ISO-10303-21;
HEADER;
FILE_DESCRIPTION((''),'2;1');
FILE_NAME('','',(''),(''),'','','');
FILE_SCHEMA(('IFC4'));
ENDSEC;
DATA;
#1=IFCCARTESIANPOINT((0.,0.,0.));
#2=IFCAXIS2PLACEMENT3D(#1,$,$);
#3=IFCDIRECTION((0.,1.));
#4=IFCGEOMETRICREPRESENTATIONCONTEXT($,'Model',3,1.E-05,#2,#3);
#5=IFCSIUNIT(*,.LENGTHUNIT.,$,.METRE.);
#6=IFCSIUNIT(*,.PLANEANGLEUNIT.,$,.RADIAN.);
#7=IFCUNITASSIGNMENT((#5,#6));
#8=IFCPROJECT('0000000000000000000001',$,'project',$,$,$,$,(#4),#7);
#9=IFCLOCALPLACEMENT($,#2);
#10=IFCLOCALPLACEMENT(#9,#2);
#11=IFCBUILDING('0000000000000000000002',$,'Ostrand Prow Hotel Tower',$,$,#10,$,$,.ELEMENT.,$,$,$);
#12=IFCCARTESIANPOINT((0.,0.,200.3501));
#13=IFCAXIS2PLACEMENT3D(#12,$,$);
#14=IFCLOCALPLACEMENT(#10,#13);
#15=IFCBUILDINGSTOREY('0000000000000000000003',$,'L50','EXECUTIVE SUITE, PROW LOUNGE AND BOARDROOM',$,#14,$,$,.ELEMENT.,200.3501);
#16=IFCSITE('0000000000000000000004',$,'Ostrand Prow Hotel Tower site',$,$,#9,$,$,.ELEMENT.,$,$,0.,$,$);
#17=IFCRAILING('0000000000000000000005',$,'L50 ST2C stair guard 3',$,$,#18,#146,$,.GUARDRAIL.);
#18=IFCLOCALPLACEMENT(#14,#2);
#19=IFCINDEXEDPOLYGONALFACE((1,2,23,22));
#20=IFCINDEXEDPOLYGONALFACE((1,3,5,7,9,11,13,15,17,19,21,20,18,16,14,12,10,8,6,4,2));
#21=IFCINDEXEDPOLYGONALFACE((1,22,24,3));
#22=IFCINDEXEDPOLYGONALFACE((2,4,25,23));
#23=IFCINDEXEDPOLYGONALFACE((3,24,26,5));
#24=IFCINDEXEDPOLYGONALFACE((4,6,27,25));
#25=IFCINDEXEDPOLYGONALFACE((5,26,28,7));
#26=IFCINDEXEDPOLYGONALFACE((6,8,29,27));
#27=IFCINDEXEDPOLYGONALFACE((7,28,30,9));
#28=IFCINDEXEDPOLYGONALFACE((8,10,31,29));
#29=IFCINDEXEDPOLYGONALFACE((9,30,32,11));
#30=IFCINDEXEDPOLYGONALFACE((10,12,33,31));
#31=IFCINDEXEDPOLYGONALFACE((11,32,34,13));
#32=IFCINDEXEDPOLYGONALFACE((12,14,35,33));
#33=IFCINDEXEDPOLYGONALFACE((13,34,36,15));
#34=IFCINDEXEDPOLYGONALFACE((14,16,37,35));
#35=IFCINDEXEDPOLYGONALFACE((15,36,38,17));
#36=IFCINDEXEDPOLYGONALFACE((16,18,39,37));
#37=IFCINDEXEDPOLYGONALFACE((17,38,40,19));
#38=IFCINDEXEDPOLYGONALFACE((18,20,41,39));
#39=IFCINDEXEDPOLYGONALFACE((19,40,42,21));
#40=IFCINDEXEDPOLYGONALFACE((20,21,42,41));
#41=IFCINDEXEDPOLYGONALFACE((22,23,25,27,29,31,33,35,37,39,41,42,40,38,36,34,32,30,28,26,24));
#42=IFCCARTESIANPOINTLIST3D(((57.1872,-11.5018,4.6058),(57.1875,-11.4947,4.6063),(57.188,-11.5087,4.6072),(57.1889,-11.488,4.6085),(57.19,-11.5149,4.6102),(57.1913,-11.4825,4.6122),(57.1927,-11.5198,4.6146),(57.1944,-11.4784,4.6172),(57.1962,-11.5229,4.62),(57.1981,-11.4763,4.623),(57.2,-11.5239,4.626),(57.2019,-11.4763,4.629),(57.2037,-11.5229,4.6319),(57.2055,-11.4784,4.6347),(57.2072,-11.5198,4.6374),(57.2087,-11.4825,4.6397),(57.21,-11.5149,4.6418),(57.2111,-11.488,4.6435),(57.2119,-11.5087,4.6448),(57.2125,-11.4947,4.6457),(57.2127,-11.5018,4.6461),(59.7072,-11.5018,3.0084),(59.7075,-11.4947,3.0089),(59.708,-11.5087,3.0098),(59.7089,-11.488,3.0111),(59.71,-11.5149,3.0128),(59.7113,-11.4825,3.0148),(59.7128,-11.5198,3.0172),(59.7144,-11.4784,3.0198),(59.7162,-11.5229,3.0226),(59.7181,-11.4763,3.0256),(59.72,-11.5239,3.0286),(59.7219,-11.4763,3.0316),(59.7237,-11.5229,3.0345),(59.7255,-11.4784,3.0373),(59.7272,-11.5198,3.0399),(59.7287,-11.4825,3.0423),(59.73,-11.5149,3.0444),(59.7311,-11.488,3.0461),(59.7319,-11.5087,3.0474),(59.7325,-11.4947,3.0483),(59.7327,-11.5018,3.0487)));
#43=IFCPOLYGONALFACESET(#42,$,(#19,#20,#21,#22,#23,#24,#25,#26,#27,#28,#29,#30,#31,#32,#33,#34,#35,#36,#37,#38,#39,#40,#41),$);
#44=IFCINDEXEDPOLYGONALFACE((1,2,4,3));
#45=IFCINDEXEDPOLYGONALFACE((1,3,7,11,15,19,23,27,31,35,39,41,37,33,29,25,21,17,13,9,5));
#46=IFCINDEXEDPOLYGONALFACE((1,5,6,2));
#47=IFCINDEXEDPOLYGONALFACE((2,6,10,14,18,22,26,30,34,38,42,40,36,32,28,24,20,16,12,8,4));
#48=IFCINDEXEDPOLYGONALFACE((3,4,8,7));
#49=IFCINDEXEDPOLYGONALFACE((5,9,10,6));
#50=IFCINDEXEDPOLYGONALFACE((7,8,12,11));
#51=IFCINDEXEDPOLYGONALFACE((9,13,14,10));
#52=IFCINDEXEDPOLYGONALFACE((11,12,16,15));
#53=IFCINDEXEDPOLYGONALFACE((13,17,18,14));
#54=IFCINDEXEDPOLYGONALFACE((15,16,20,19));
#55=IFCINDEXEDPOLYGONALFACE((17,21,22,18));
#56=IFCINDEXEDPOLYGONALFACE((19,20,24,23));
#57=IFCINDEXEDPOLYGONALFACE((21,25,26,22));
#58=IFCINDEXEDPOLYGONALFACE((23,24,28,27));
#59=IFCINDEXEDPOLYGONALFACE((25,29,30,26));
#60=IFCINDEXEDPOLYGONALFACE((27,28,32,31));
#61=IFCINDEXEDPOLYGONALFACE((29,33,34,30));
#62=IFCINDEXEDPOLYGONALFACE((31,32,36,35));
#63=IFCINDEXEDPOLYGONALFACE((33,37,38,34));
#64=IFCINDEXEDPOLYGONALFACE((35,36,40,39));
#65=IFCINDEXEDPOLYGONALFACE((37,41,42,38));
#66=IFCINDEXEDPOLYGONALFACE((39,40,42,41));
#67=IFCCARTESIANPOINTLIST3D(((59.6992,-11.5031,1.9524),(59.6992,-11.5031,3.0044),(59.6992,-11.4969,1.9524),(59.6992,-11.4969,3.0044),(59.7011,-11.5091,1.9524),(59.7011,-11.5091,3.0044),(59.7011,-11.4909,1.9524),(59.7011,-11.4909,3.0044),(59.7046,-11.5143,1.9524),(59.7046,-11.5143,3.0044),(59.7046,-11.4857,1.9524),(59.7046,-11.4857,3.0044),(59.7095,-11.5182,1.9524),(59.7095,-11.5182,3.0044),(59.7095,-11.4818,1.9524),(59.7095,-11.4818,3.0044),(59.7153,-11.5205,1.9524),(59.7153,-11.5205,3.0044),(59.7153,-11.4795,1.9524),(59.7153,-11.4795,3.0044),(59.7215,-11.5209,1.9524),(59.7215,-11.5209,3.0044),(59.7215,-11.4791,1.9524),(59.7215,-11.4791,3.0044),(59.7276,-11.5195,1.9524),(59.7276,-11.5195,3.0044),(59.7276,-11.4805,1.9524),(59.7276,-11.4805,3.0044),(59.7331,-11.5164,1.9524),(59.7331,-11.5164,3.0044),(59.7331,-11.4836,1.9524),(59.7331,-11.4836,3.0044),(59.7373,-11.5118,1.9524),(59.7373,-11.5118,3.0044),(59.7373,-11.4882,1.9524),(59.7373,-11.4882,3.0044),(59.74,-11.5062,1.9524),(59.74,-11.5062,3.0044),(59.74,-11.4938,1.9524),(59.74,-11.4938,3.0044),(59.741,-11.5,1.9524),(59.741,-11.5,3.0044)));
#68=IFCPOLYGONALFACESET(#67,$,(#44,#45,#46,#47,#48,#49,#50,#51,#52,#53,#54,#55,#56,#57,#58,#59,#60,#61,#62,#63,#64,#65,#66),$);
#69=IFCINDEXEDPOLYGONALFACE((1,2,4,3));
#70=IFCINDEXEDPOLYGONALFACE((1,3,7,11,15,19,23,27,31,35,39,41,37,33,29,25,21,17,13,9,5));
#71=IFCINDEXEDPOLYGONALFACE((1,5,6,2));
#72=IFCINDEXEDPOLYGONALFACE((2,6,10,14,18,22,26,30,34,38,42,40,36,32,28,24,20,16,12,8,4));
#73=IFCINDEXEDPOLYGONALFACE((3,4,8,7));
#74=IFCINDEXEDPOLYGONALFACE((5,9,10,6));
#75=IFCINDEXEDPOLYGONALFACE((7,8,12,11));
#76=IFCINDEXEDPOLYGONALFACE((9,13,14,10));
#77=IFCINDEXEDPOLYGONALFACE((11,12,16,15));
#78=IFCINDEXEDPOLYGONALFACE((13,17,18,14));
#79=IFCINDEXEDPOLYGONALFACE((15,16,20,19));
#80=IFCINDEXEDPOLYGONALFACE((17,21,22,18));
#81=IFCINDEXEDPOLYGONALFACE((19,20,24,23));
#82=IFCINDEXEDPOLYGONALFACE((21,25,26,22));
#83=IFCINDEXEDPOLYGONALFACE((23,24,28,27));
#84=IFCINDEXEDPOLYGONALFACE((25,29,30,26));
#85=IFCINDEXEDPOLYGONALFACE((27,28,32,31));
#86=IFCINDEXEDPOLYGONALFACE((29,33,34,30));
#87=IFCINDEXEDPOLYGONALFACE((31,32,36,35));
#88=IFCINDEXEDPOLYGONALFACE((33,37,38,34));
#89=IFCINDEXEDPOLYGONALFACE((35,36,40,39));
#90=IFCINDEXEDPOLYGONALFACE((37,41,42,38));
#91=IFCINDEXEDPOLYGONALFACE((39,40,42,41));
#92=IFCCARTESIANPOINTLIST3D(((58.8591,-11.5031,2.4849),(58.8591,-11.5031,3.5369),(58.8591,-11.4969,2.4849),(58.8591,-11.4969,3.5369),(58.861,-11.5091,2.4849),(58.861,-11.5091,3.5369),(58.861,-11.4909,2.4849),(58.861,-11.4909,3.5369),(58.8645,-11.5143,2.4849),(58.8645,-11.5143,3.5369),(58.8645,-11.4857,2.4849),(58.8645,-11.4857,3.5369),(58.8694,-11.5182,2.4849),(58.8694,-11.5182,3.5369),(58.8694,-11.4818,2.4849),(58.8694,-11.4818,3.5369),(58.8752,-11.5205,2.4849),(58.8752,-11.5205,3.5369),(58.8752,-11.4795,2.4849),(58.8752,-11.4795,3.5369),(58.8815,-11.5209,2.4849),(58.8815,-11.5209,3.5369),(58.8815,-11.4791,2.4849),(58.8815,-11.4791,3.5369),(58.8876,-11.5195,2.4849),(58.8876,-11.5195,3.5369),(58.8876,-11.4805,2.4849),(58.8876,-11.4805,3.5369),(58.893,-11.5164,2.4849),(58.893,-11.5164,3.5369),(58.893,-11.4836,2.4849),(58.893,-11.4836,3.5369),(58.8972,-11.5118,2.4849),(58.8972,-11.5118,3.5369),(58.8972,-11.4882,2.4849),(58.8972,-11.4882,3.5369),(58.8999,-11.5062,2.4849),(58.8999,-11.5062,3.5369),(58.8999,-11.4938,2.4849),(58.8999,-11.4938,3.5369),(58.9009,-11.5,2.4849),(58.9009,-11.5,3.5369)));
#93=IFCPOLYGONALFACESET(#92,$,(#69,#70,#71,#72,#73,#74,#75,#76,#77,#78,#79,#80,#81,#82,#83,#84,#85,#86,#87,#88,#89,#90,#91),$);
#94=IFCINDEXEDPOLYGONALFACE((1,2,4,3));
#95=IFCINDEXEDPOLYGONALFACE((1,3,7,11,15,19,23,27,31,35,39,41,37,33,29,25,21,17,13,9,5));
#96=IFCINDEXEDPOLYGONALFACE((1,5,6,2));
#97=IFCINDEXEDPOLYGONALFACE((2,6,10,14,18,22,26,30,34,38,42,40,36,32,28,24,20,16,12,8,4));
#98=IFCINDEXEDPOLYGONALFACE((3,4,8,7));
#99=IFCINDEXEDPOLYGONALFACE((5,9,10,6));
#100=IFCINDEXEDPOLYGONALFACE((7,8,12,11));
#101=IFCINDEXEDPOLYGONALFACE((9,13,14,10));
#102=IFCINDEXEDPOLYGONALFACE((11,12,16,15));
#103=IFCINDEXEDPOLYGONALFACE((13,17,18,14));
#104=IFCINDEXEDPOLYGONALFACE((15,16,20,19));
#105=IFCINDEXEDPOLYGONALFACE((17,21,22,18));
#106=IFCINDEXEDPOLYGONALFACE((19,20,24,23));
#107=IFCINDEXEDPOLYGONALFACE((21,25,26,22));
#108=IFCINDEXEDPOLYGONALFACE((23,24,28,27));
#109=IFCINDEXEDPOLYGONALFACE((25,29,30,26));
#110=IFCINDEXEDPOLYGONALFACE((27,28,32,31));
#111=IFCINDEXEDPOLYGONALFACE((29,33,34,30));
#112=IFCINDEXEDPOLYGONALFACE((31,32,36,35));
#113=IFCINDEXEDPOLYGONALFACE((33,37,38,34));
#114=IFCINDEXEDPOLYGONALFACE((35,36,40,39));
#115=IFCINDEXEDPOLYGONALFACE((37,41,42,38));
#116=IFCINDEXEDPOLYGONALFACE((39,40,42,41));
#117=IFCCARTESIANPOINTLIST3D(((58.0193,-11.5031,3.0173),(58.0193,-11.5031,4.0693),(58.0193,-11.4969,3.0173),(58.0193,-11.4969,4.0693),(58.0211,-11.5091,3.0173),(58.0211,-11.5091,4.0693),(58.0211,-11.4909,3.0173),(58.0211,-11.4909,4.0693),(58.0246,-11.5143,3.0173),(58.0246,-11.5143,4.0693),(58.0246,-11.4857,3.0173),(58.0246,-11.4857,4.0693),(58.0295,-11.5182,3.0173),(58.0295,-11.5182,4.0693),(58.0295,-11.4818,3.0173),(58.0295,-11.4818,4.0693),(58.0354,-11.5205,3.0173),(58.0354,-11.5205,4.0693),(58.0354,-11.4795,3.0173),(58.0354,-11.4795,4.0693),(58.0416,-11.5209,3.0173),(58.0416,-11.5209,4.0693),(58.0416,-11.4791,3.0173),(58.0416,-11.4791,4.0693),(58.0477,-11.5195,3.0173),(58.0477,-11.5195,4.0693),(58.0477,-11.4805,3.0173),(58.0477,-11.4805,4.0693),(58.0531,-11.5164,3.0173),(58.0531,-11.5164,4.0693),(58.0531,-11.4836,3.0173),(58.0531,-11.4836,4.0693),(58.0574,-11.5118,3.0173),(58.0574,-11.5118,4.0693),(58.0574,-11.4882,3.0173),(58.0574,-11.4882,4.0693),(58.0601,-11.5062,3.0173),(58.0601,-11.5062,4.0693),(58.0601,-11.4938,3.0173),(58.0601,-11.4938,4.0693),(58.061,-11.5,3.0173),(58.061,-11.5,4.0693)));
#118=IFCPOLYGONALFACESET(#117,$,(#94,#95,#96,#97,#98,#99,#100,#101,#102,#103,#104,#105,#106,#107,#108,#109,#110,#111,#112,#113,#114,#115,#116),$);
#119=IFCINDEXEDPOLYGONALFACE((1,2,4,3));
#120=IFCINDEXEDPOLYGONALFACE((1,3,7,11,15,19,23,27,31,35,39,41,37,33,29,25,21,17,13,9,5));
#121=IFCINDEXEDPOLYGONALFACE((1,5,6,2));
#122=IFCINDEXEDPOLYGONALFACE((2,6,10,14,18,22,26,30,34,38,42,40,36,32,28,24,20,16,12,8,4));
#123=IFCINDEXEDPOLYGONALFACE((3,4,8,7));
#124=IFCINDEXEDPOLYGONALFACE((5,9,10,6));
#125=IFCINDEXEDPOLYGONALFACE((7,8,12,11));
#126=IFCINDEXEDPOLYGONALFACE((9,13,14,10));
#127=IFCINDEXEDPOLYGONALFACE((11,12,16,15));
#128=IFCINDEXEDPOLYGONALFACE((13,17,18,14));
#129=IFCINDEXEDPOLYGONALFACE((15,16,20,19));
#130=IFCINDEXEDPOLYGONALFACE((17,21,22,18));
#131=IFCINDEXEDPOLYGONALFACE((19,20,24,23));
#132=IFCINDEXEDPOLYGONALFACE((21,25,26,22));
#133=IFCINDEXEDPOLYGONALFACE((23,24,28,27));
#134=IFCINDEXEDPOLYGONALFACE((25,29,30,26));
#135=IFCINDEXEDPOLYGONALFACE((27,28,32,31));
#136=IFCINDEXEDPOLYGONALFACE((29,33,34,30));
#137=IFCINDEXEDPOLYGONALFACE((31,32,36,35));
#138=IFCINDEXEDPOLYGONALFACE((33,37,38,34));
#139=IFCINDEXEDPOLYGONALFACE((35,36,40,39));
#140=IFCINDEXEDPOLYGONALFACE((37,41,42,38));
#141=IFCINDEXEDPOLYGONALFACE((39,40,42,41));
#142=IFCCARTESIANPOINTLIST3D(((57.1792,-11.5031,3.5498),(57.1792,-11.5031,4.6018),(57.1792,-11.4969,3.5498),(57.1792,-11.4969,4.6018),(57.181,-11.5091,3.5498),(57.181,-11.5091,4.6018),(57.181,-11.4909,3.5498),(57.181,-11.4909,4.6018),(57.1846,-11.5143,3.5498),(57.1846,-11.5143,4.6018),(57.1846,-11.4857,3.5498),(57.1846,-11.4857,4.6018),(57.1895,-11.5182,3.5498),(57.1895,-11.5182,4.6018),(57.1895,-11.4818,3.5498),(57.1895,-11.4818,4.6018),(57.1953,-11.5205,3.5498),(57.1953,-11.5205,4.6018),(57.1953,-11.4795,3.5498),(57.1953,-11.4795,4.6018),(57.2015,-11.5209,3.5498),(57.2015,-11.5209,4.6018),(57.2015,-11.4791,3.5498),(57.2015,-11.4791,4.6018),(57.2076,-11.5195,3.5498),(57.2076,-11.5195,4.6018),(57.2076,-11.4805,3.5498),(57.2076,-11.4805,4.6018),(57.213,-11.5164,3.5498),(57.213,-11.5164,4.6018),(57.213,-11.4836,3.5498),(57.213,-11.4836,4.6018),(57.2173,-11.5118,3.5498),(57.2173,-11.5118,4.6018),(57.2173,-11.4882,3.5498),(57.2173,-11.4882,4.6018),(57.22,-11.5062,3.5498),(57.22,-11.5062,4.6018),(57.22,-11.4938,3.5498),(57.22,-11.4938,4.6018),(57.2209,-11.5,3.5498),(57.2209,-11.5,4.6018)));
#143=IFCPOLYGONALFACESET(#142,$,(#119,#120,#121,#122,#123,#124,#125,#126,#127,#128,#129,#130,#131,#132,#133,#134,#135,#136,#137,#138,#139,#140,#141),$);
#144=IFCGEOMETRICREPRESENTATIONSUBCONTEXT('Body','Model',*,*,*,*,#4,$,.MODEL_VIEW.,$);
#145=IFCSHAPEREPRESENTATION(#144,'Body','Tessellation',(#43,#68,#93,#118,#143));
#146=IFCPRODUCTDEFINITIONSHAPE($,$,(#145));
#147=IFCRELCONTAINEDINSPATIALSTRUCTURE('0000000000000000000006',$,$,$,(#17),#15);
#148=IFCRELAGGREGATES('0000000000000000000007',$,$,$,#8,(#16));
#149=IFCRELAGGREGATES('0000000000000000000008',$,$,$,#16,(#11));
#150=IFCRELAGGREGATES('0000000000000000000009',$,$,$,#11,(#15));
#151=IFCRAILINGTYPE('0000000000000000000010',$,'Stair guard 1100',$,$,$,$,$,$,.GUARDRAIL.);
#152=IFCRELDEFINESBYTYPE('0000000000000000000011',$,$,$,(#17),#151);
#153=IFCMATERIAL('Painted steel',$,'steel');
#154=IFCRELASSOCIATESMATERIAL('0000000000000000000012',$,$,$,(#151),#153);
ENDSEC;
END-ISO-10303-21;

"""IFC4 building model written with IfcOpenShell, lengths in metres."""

from ifc_helpers import new_model, si_unit, direction, frame, origin, origin_2d, place, context, subcontext, project, spatial, circle, extrude, material, type_object, element, save


model = new_model("IFC4")

# Units and contexts
model_context = context("Model", 3, precision=1e-05, world=origin(), true_north=direction((0.0, 1.0)))
body_context = subcontext(model_context, "Body", "Model", "MODEL_VIEW")
ifc_project = project(units=[si_unit("LENGTHUNIT", "METRE"), si_unit("PLANEANGLEUNIT", "RADIAN")], contexts=[model_context])

# Site, building, storey
site_placement = place(None, origin())
site = spatial("IfcSite", under=ifc_project, at=site_placement, Name="Ostrand Prow Hotel Tower site", CompositionType="ELEMENT", RefElevation=0.0)
building_placement = place(site_placement, origin())
building = spatial("IfcBuilding", under=site, at=building_placement, Name="Ostrand Prow Hotel Tower", CompositionType="ELEMENT")
storey_placement = place(building_placement, frame((0.0, 0.0, 200.3501)))
storey = spatial("IfcBuildingStorey", under=building, at=storey_placement, Name="L50", Description="EXECUTIVE SUITE, PROW LOUNGE AND BOARDROOM", CompositionType="ELEMENT", Elevation=200.3501)

# Railing
ifc_material_1 = material(Name="Painted steel", Category="steel")
railing_type_1 = type_object("IfcRailingType", Name="Stair guard 1100", PredefinedType="GUARDRAIL", material=ifc_material_1)
railing_1_placement = place(storey_placement, frame((59.72, -11.5, 1.9524)))
element("IfcRailing", 1, at=railing_1_placement, inside=storey, type_object=railing_type_1, Name="L50 ST2C stair guard 3", PredefinedType="GUARDRAIL", context=body_context, shape_type="SweptSolid", body=[
    extrude(circle(Radius=0.0239, at=origin_2d()), frame((0.0, 0.0, 1.0762), z_axis=(-0.844607, 0.0, 0.535387), x_axis=(0.0, -1.0, 0.0)), (0.0, 0.0, 1.0), 2.9836),
    extrude(circle(Radius=0.021, at=origin_2d()), origin(), (0.0, 0.0, 1.0), 1.052),
    extrude(circle(Radius=0.021, at=origin_2d()), frame((-0.8401, 0.0, 0.5325)), (0.0, 0.0, 1.0), 1.052),
    extrude(circle(Radius=0.021, at=origin_2d()), frame((-1.6799, 0.0, 1.0649)), (0.0, 0.0, 1.0), 1.052),
    extrude(circle(Radius=0.021, at=origin_2d()), frame((-2.52, 0.0, 1.5974)), (0.0, 0.0, 1.0), 1.052),
])

save(model, "model.ifc")
